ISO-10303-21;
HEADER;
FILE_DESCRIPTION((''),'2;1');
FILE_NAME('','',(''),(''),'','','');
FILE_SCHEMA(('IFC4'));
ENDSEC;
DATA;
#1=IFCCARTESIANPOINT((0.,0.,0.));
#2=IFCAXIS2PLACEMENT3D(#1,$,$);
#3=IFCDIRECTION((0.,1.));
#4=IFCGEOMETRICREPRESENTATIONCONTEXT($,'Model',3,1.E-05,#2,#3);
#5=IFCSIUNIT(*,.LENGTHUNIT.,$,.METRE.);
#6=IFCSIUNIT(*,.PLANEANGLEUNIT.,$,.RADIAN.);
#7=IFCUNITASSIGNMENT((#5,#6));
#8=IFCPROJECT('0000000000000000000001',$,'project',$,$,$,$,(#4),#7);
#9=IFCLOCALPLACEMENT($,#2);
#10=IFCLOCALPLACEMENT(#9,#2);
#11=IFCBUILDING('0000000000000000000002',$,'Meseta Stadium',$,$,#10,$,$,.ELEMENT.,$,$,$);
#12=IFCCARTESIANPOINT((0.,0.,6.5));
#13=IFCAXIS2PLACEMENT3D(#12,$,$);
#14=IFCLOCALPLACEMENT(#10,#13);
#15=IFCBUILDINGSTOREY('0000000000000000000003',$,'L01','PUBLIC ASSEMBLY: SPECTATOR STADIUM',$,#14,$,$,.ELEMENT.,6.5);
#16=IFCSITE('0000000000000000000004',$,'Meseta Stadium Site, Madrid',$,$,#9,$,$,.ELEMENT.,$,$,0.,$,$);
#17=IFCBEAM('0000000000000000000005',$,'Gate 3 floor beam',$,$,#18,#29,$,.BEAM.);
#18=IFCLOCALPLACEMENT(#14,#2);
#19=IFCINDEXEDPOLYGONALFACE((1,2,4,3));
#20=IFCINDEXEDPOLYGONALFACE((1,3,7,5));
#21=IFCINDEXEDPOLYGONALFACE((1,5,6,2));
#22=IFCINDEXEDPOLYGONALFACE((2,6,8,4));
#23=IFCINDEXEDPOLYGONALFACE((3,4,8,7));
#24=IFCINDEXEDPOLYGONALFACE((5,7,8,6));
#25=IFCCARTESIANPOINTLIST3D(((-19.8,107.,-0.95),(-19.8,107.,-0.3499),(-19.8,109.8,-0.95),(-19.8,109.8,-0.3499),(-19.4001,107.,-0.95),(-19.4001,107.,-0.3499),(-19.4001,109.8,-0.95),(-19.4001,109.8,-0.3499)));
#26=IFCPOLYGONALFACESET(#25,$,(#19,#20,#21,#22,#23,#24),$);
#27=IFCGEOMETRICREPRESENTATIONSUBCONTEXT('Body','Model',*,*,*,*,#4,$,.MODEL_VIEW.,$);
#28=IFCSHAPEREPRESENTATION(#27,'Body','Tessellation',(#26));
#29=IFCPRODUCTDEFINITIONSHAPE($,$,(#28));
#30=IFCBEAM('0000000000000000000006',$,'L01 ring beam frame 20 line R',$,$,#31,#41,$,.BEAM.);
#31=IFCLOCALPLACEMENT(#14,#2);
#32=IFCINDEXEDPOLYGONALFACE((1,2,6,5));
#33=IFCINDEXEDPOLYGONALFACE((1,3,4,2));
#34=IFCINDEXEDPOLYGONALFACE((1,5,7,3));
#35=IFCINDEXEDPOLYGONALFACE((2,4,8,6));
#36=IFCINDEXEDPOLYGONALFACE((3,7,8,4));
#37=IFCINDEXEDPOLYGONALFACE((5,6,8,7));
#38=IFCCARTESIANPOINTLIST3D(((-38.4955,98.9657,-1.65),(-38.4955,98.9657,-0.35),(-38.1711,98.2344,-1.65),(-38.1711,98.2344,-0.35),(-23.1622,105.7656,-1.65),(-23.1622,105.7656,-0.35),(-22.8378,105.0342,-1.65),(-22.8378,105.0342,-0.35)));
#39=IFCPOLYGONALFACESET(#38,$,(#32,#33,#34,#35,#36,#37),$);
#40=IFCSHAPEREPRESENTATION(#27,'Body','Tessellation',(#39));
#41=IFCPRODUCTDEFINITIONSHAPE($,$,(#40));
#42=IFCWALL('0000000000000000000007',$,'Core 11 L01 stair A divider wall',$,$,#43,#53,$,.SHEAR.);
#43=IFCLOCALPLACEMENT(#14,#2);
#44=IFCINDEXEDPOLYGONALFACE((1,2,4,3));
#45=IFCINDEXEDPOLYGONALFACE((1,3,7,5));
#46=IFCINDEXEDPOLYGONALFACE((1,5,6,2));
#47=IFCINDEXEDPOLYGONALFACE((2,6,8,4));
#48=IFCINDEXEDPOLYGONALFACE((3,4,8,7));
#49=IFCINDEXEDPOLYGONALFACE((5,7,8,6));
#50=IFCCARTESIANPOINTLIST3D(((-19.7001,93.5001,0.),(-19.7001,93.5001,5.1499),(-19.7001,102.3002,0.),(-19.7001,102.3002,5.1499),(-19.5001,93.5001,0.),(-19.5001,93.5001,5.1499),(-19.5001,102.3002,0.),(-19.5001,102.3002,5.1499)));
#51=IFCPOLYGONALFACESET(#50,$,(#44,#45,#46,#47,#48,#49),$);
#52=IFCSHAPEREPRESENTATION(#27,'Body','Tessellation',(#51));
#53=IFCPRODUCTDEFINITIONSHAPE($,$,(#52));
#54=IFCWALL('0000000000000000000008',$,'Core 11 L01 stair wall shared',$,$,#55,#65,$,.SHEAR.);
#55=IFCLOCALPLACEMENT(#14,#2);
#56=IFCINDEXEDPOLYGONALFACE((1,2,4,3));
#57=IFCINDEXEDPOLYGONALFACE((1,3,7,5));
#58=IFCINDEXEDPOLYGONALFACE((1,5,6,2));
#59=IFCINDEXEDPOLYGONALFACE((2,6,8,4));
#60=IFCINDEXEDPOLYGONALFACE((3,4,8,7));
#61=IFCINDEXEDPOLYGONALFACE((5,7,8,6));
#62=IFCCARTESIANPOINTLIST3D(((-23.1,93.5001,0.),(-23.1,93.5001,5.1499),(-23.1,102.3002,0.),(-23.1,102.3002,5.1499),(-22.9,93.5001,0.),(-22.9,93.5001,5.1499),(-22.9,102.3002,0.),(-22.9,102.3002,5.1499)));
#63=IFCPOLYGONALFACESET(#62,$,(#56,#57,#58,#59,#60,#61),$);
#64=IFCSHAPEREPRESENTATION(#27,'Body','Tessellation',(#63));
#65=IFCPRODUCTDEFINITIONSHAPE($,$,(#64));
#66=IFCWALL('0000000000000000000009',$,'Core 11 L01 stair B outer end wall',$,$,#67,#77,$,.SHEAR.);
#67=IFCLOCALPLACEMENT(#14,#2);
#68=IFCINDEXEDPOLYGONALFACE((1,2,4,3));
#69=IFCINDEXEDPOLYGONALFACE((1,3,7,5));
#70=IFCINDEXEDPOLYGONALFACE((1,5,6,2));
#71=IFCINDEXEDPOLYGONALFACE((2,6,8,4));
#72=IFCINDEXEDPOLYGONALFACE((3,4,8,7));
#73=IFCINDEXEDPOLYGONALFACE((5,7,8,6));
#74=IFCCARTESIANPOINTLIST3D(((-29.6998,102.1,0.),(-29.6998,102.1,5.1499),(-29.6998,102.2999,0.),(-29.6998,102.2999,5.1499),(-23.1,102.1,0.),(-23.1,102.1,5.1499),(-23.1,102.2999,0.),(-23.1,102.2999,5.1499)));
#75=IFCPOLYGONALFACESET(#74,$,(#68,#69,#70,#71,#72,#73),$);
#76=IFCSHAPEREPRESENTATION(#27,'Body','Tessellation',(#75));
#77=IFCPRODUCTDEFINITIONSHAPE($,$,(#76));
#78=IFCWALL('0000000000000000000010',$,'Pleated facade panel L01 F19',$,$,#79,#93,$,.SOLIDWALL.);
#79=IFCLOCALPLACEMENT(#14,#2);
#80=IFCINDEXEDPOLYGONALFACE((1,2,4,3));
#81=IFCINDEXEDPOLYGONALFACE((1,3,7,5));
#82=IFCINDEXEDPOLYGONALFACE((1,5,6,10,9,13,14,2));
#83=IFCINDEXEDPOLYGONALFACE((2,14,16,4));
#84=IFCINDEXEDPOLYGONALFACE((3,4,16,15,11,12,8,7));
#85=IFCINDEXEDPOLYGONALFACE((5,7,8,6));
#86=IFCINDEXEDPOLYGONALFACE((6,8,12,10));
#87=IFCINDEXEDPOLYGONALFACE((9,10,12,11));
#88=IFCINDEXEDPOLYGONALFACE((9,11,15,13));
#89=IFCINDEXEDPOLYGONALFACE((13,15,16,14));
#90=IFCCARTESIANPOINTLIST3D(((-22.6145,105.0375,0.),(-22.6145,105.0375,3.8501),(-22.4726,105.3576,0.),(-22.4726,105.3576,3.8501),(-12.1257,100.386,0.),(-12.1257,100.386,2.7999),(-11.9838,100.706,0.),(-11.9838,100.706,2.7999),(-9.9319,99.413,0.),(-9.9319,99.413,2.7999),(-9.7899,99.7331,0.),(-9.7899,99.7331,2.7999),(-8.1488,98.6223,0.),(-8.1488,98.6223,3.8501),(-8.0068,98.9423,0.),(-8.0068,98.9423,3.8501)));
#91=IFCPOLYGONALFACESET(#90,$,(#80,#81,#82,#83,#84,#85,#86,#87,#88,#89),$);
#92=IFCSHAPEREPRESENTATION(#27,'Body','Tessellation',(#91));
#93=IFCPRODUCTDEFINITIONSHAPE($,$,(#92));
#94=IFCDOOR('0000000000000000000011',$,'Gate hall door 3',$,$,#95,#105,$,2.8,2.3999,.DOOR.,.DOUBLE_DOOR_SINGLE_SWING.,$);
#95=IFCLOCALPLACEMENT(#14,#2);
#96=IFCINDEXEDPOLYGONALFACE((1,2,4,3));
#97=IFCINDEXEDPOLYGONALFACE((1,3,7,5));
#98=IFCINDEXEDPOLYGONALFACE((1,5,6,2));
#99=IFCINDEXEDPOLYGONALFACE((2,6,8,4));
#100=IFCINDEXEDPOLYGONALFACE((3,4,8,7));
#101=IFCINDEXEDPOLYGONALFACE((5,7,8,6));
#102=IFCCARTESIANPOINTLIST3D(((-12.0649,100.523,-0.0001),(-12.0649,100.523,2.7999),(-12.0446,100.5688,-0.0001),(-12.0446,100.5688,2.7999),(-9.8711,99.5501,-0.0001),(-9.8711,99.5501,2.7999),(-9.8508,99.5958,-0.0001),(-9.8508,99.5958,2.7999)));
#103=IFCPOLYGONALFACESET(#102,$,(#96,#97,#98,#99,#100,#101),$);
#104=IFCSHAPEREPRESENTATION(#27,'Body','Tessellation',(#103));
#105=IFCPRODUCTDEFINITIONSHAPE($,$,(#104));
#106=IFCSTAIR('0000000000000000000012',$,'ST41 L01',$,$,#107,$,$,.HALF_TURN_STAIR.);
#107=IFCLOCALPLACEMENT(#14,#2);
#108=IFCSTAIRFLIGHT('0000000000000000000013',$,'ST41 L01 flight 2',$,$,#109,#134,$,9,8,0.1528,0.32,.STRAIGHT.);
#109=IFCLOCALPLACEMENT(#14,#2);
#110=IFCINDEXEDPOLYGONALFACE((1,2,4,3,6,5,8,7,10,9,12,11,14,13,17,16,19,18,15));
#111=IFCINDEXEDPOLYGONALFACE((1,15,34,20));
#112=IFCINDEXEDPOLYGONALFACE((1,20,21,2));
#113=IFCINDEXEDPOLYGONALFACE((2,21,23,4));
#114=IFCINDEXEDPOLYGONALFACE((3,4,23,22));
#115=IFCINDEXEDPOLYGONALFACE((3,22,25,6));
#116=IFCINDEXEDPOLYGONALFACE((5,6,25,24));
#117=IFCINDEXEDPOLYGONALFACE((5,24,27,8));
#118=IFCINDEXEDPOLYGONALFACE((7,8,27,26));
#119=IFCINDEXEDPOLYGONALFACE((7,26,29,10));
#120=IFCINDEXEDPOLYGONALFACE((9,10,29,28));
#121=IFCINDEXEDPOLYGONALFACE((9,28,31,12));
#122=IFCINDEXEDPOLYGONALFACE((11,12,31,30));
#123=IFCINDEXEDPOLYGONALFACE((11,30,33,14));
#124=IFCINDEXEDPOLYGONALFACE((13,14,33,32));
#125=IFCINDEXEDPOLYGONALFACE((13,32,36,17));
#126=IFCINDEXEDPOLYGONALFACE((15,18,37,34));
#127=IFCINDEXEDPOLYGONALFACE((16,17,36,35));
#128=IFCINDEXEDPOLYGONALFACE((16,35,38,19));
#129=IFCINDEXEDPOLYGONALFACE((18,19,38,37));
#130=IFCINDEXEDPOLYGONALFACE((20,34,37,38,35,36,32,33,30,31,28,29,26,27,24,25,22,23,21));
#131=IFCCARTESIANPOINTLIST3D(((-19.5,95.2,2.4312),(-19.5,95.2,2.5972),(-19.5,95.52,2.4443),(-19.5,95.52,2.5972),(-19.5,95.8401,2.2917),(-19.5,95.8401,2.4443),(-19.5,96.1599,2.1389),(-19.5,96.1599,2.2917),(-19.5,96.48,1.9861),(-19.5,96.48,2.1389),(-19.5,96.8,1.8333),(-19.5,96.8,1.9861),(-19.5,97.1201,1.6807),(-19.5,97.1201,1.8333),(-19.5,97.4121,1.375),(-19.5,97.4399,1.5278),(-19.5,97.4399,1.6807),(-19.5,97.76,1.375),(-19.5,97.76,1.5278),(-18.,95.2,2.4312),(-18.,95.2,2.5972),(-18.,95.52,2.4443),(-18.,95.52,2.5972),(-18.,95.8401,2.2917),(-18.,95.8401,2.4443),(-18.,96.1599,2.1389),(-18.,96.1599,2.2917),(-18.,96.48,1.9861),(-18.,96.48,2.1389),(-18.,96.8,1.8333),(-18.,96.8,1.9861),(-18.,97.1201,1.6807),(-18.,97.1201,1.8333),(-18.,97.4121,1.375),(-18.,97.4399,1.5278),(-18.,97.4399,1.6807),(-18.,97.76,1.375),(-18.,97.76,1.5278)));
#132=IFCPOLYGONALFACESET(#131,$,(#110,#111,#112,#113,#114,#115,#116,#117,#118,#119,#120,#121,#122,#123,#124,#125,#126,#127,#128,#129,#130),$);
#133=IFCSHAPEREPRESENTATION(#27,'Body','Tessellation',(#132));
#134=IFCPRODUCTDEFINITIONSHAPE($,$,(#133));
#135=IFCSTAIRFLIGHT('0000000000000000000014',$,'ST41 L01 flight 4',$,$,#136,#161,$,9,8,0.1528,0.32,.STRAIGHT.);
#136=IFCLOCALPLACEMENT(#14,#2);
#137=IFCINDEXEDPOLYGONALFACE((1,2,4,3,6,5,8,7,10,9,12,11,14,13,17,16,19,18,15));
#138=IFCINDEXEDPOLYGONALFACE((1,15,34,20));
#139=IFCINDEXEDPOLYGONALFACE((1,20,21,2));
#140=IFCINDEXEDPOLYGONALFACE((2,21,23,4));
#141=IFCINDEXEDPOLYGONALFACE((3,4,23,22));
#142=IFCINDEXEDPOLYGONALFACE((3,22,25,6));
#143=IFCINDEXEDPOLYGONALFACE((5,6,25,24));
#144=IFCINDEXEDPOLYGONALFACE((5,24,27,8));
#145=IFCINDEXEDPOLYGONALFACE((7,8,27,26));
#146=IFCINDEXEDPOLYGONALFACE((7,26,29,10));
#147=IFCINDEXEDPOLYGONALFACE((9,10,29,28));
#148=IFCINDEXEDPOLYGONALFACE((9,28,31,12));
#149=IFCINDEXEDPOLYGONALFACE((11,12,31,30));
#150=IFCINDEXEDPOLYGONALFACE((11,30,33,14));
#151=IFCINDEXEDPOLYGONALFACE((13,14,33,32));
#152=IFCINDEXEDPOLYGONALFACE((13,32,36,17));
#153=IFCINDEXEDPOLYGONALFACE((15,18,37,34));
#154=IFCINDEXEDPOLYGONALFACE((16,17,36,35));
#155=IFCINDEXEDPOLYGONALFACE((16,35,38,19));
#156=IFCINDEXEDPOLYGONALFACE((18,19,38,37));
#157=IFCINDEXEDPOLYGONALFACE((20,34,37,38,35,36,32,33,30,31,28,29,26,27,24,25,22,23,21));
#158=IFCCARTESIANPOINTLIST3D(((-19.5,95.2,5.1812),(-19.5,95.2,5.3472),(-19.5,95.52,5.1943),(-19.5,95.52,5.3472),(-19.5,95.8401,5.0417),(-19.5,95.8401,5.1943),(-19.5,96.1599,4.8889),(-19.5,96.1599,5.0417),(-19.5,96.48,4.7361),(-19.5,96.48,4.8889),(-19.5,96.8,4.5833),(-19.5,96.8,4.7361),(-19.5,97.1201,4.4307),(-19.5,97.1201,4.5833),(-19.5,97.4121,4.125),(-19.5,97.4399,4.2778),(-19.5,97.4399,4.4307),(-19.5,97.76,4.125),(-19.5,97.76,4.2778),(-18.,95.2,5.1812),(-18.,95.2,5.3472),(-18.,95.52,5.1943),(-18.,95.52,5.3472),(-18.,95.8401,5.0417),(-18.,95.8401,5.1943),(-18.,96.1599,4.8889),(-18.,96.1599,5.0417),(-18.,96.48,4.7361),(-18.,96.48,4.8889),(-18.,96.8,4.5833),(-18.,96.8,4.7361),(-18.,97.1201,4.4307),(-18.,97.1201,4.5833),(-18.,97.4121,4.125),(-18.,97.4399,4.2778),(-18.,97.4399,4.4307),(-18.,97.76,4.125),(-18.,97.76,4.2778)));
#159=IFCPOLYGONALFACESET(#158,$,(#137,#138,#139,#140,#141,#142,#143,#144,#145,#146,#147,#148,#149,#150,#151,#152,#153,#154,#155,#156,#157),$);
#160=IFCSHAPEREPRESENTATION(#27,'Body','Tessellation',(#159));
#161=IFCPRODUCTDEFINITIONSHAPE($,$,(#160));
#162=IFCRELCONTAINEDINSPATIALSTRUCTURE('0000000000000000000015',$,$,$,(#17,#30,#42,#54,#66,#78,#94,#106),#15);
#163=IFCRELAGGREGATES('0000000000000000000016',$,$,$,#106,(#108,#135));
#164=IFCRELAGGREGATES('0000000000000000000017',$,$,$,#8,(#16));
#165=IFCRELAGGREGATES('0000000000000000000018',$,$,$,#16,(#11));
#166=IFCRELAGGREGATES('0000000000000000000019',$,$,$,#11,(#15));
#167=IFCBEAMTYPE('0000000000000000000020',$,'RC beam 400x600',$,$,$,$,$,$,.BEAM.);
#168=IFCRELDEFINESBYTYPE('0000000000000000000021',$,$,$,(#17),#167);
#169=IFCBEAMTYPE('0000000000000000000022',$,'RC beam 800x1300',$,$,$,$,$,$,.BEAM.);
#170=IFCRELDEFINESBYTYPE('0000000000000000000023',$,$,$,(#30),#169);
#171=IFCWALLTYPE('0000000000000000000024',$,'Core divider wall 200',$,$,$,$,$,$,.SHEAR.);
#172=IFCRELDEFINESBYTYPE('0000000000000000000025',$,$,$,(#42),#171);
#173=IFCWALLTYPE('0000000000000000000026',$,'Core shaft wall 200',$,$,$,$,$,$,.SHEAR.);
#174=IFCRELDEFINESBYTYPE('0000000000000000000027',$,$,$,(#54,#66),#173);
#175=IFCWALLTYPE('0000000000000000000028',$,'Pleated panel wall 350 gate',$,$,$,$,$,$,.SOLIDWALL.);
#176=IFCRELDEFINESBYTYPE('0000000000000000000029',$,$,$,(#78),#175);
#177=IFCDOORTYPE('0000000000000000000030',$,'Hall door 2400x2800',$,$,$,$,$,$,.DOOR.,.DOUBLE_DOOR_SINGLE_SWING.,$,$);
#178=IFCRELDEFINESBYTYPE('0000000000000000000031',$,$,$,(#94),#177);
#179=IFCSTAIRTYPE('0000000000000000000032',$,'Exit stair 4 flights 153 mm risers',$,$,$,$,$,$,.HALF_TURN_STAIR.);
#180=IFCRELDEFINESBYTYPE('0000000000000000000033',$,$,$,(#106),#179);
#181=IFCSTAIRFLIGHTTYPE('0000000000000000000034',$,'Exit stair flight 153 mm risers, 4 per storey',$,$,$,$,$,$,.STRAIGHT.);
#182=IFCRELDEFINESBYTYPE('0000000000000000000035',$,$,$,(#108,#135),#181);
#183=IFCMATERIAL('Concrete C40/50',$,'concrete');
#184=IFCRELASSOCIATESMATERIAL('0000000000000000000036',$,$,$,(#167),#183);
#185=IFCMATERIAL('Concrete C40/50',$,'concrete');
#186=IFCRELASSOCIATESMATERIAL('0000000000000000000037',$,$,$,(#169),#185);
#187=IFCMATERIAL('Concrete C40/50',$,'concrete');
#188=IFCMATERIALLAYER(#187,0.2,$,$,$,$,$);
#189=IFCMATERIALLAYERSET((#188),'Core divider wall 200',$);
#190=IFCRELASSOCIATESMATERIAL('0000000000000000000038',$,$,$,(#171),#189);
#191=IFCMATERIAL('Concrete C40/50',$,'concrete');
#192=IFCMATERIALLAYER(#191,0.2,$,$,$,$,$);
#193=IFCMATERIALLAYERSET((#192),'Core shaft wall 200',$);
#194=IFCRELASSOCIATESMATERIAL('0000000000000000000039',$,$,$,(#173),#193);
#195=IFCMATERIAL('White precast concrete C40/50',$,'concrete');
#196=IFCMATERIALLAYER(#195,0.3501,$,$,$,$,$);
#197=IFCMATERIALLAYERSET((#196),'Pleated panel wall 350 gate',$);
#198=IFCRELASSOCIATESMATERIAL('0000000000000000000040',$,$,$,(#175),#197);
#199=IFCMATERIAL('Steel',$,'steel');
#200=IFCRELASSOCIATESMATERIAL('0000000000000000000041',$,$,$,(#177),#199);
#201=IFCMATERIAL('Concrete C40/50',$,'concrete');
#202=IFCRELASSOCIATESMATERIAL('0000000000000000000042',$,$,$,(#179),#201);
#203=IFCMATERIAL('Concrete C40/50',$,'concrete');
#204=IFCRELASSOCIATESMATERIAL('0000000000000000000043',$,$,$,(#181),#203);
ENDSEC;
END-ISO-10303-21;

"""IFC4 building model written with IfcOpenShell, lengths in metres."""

from ifc_helpers import new_model, si_unit, direction, frame, frame_2d, origin, origin_2d, place, context, subcontext, project, spatial, polyline, rectangle, outline, extrude, material, layer, layer_set, material_profile, profile_set, type_object, element, fill, aggregate, save


model = new_model("IFC4")

# Units and contexts
model_context = context("Model", 3, precision=1e-05, world=origin(), true_north=direction((0.0, 1.0)))
body_context = subcontext(model_context, "Body", "Model", "MODEL_VIEW")
ifc_project = project(units=[si_unit("LENGTHUNIT", "METRE"), si_unit("PLANEANGLEUNIT", "RADIAN")], contexts=[model_context])

# Site, building, storey
site_placement = place(None, origin())
site = spatial("IfcSite", under=ifc_project, at=site_placement, Name="Meseta Stadium Site, Madrid", CompositionType="ELEMENT", RefElevation=0.0)
building_placement = place(site_placement, origin())
building = spatial("IfcBuilding", under=site, at=building_placement, Name="Meseta Stadium", CompositionType="ELEMENT")
storey_placement = place(building_placement, frame((0.0, 0.0, 6.5)))
storey = spatial("IfcBuildingStorey", under=building, at=storey_placement, Name="L01", Description="PUBLIC ASSEMBLY: SPECTATOR STADIUM", CompositionType="ELEMENT", Elevation=6.5)

# Beams
ifc_material_1 = material(Name="Concrete C40/50", Category="concrete")
ifc_material_profile_1 = material_profile(ifc_material_1, rectangle(XDim=0.3999, YDim=0.6001, at=origin_2d()), Name="RC 400x600")
ifc_profile_set_1 = profile_set([ifc_material_profile_1], Name="Concrete C40/50")
beam_type_1 = type_object("IfcBeamType", Name="RC beam 400x600", PredefinedType="BEAM", material=ifc_profile_set_1)
beam_1_placement = place(storey_placement, frame((-19.6001, 107.0, -0.6499), z_axis=(0.0, 1.0, 0.0), x_axis=(-1.0, 0.0, 0.0)))
element("IfcBeam", 1, at=beam_1_placement, inside=storey, type_object=beam_type_1, Name="Gate 3 floor beam", PredefinedType="BEAM", context=body_context, shape_type="SweptSolid", body=[
    extrude(rectangle(XDim=0.3999, YDim=0.6001, at=origin_2d()), origin(), (0.0, 0.0, 1.0), 2.8),
])
ifc_material_2 = material(Name="Concrete C40/50", Category="concrete")
ifc_material_profile_2 = material_profile(ifc_material_2, rectangle(XDim=0.8, YDim=1.3, at=origin_2d()), Name="RC 800x1300")
ifc_profile_set_2 = profile_set([ifc_material_profile_2], Name="Concrete C40/50")
beam_type_2 = type_object("IfcBeamType", Name="RC beam 800x1300", PredefinedType="BEAM", material=ifc_profile_set_2)
beam_2_placement = place(storey_placement, frame((-23.0, 105.3999, -1.0), z_axis=(-0.914143, -0.405393, 0.0), x_axis=(0.405393, -0.914143, 0.0)))
element("IfcBeam", 2, at=beam_2_placement, inside=storey, type_object=beam_type_2, Name="L01 ring beam frame 20 line R", PredefinedType="BEAM", context=body_context, shape_type="SweptSolid", body=[
    extrude(rectangle(XDim=0.8, YDim=1.3, at=origin_2d()), origin(), (0.0, 0.0, 1.0), 16.7734),
])

# Walls
ifc_material_3 = material(Name="Concrete C40/50", Category="concrete")
ifc_layer_1 = layer(ifc_material_3, 0.2)
ifc_layer_set_1 = layer_set([ifc_layer_1], Name="Core divider wall 200")
wall_type_1 = type_object("IfcWallType", Name="Core divider wall 200", PredefinedType="SHEAR", material=ifc_layer_set_1)
wall_1_placement = place(storey_placement, frame((-19.6001, 102.3, 0.0), z_axis=(0.0, 0.0, 1.0), x_axis=(0.0, -1.0, 0.0)))
element("IfcWall", 3, at=wall_1_placement, inside=storey, type_object=wall_type_1, Name="Core 11 L01 stair A divider wall", PredefinedType="SHEAR", context=body_context, shape_type="SweptSolid", body=[
    extrude(rectangle(XDim=8.8, YDim=0.2, at=frame_2d((4.3999, 0.0))), origin(), (0.0, 0.0, 1.0), 5.1499),
])
ifc_material_4 = material(Name="Concrete C40/50", Category="concrete")
ifc_layer_2 = layer(ifc_material_4, 0.2)
ifc_layer_set_2 = layer_set([ifc_layer_2], Name="Core shaft wall 200")
wall_type_2 = type_object("IfcWallType", Name="Core shaft wall 200", PredefinedType="SHEAR", material=ifc_layer_set_2)
wall_2_placement = place(storey_placement, frame((-23.0, 102.3, 0.0), z_axis=(0.0, 0.0, 1.0), x_axis=(0.0, -1.0, 0.0)))
element("IfcWall", 4, at=wall_2_placement, inside=storey, type_object=wall_type_2, Name="Core 11 L01 stair wall shared", PredefinedType="SHEAR", context=body_context, shape_type="SweptSolid", body=[
    extrude(rectangle(XDim=8.8, YDim=0.2, at=frame_2d((4.3999, 0.0))), origin(), (0.0, 0.0, 1.0), 5.1499),
])
wall_3_placement = place(storey_placement, frame((-23.1001, 102.2, 0.0), z_axis=(0.0, 0.0, 1.0), x_axis=(-1.0, 0.0, 0.0)))
element("IfcWall", 5, at=wall_3_placement, inside=storey, type_object=wall_type_2, Name="Core 11 L01 stair B outer end wall", PredefinedType="SHEAR", context=body_context, shape_type="SweptSolid", body=[
    extrude(rectangle(XDim=6.5999, YDim=0.2, at=frame_2d((3.2998, 0.0))), origin(), (0.0, 0.0, 1.0), 5.1499),
])

# Wall, opening, door
ifc_material_5 = material(Name="White precast concrete C40/50", Category="concrete")
ifc_layer_3 = layer(ifc_material_5, 0.3501)
ifc_layer_set_3 = layer_set([ifc_layer_3], Name="Pleated panel wall 350 gate")
wall_type_3 = type_object("IfcWallType", Name="Pleated panel wall 350 gate", PredefinedType="SOLIDWALL", material=ifc_layer_set_3)
wall_4_placement = place(storey_placement, frame((-22.5435, 105.1975, 0.0), z_axis=(0.0, 0.0, 1.0), x_axis=(0.914139, -0.405401, 0.0)))
wall_4 = element("IfcWall", 6, at=wall_4_placement, inside=storey, type_object=wall_type_3, Name="Pleated facade panel L01 F19", PredefinedType="SOLIDWALL", context=body_context, shape_type="SweptSolid", body=[
    extrude(rectangle(XDim=15.8245, YDim=0.3501, at=frame_2d((7.9121, 0.0))), origin(), (0.0, 0.0, 1.0), 3.8501),
])
opening_placement = place(wall_4_placement, frame((11.4739, 0.0, 0.0)))
opening = element("IfcOpeningElement", 7, at=opening_placement, cuts=wall_4, PredefinedType="OPENING", context=body_context, shape_type="SweptSolid", body=[
    extrude(rectangle(XDim=2.3999, YDim=2.8, at=frame_2d((1.2, 1.3999))), frame((0.0, 0.1851, 0.0), z_axis=(0.0, -1.0, 0.0), x_axis=(1.0, 0.0, 0.0)), (0.0, 0.0, 1.0), 0.3701),
])
ifc_material_6 = material(Name="Steel", Category="steel")
door_type = type_object("IfcDoorType", Name="Hall door 2400x2800", OperationType="DOUBLE_DOOR_SINGLE_SWING", PredefinedType="DOOR", material=ifc_material_6)
door_placement = place(opening_placement, origin())
door = element("IfcDoor", 8, at=door_placement, inside=storey, type_object=door_type, Name="Gate hall door 3", OperationType="DOUBLE_DOOR_SINGLE_SWING", OverallHeight=2.8, OverallWidth=2.3999, PredefinedType="DOOR", context=body_context, shape_type="SweptSolid", body=[
    extrude(rectangle(XDim=2.3999, YDim=2.8, at=frame_2d((1.2, 1.3999))), frame((0.0, 0.0249, 0.0), z_axis=(0.0, -1.0, 0.0), x_axis=(1.0, 0.0, 0.0)), (0.0, 0.0, 1.0), 0.05),
])
fill(opening, door)

# Stair, stair flights
ifc_material_7 = material(Name="Concrete C40/50", Category="concrete")
stair_type = type_object("IfcStairType", Name="Exit stair 4 flights 153 mm risers", PredefinedType="HALF_TURN_STAIR", material=ifc_material_7)
stair_1_placement = place(storey_placement, origin())
stair_1 = element("IfcStair", 9, at=stair_1_placement, inside=storey, type_object=stair_type, Name="ST41 L01", PredefinedType="HALF_TURN_STAIR")
ifc_material_8 = material(Name="Concrete C40/50", Category="concrete")
stair_flight_type = type_object("IfcStairFlightType", Name="Exit stair flight 153 mm risers, 4 per storey", PredefinedType="STRAIGHT", material=ifc_material_8)
stair_flight_1_placement = place(storey_placement, frame((-18.75, 97.76, 1.375), z_axis=(0.0, 0.0, 1.0), x_axis=(0.0, -1.0, 0.0)))
stair_flight_1 = element("IfcStairFlight", 10, at=stair_flight_1_placement, type_object=stair_flight_type, Name="ST41 L01 flight 2", NumberOfRisers=9, NumberOfTreads=8, PredefinedType="STRAIGHT", RiserHeight=0.1528, TreadLength=0.32, context=body_context, shape_type="SweptSolid", body=[
    extrude(outline(polyline([(0.0, 0.0), (0.0, 0.1528), (0.3201, 0.1528), (0.3201, 0.3057), (0.6399, 0.3057), (0.6399, 0.4583), (0.96, 0.4583), (0.96, 0.6111), (1.28, 0.6111), (1.28, 0.7639), (1.6001, 0.7639), (1.6001, 0.9167), (1.9199, 0.9167), (1.9199, 1.0693), (2.24, 1.0693), (2.24, 1.2222), (2.5601, 1.2222), (2.5601, 1.0562), (0.3479, 0.0), (0.0, 0.0)])), frame((0.0, 0.75, 0.0), z_axis=(0.0, -1.0, 0.0), x_axis=(1.0, 0.0, 0.0)), (0.0, 0.0, 1.0), 1.5),
])
stair_flight_2_placement = place(storey_placement, frame((-18.75, 97.76, 4.125), z_axis=(0.0, 0.0, 1.0), x_axis=(0.0, -1.0, 0.0)))
stair_flight_2 = element("IfcStairFlight", 11, at=stair_flight_2_placement, type_object=stair_flight_type, Name="ST41 L01 flight 4", NumberOfRisers=9, NumberOfTreads=8, PredefinedType="STRAIGHT", RiserHeight=0.1528, TreadLength=0.32, context=body_context, shape_type="SweptSolid", body=[
    extrude(outline(polyline([(0.0, 0.0), (0.0, 0.1528), (0.3201, 0.1528), (0.3201, 0.3057), (0.6399, 0.3057), (0.6399, 0.4583), (0.96, 0.4583), (0.96, 0.6111), (1.28, 0.6111), (1.28, 0.7639), (1.6001, 0.7639), (1.6001, 0.9167), (1.9199, 0.9167), (1.9199, 1.0693), (2.24, 1.0693), (2.24, 1.2222), (2.5601, 1.2222), (2.5601, 1.0562), (0.3479, 0.0), (0.0, 0.0)])), frame((0.0, 0.75, 0.0), z_axis=(0.0, -1.0, 0.0), x_axis=(1.0, 0.0, 0.0)), (0.0, 0.0, 1.0), 1.5),
])
aggregate(stair_1, [stair_flight_1, stair_flight_2])

save(model, "model.ifc")
